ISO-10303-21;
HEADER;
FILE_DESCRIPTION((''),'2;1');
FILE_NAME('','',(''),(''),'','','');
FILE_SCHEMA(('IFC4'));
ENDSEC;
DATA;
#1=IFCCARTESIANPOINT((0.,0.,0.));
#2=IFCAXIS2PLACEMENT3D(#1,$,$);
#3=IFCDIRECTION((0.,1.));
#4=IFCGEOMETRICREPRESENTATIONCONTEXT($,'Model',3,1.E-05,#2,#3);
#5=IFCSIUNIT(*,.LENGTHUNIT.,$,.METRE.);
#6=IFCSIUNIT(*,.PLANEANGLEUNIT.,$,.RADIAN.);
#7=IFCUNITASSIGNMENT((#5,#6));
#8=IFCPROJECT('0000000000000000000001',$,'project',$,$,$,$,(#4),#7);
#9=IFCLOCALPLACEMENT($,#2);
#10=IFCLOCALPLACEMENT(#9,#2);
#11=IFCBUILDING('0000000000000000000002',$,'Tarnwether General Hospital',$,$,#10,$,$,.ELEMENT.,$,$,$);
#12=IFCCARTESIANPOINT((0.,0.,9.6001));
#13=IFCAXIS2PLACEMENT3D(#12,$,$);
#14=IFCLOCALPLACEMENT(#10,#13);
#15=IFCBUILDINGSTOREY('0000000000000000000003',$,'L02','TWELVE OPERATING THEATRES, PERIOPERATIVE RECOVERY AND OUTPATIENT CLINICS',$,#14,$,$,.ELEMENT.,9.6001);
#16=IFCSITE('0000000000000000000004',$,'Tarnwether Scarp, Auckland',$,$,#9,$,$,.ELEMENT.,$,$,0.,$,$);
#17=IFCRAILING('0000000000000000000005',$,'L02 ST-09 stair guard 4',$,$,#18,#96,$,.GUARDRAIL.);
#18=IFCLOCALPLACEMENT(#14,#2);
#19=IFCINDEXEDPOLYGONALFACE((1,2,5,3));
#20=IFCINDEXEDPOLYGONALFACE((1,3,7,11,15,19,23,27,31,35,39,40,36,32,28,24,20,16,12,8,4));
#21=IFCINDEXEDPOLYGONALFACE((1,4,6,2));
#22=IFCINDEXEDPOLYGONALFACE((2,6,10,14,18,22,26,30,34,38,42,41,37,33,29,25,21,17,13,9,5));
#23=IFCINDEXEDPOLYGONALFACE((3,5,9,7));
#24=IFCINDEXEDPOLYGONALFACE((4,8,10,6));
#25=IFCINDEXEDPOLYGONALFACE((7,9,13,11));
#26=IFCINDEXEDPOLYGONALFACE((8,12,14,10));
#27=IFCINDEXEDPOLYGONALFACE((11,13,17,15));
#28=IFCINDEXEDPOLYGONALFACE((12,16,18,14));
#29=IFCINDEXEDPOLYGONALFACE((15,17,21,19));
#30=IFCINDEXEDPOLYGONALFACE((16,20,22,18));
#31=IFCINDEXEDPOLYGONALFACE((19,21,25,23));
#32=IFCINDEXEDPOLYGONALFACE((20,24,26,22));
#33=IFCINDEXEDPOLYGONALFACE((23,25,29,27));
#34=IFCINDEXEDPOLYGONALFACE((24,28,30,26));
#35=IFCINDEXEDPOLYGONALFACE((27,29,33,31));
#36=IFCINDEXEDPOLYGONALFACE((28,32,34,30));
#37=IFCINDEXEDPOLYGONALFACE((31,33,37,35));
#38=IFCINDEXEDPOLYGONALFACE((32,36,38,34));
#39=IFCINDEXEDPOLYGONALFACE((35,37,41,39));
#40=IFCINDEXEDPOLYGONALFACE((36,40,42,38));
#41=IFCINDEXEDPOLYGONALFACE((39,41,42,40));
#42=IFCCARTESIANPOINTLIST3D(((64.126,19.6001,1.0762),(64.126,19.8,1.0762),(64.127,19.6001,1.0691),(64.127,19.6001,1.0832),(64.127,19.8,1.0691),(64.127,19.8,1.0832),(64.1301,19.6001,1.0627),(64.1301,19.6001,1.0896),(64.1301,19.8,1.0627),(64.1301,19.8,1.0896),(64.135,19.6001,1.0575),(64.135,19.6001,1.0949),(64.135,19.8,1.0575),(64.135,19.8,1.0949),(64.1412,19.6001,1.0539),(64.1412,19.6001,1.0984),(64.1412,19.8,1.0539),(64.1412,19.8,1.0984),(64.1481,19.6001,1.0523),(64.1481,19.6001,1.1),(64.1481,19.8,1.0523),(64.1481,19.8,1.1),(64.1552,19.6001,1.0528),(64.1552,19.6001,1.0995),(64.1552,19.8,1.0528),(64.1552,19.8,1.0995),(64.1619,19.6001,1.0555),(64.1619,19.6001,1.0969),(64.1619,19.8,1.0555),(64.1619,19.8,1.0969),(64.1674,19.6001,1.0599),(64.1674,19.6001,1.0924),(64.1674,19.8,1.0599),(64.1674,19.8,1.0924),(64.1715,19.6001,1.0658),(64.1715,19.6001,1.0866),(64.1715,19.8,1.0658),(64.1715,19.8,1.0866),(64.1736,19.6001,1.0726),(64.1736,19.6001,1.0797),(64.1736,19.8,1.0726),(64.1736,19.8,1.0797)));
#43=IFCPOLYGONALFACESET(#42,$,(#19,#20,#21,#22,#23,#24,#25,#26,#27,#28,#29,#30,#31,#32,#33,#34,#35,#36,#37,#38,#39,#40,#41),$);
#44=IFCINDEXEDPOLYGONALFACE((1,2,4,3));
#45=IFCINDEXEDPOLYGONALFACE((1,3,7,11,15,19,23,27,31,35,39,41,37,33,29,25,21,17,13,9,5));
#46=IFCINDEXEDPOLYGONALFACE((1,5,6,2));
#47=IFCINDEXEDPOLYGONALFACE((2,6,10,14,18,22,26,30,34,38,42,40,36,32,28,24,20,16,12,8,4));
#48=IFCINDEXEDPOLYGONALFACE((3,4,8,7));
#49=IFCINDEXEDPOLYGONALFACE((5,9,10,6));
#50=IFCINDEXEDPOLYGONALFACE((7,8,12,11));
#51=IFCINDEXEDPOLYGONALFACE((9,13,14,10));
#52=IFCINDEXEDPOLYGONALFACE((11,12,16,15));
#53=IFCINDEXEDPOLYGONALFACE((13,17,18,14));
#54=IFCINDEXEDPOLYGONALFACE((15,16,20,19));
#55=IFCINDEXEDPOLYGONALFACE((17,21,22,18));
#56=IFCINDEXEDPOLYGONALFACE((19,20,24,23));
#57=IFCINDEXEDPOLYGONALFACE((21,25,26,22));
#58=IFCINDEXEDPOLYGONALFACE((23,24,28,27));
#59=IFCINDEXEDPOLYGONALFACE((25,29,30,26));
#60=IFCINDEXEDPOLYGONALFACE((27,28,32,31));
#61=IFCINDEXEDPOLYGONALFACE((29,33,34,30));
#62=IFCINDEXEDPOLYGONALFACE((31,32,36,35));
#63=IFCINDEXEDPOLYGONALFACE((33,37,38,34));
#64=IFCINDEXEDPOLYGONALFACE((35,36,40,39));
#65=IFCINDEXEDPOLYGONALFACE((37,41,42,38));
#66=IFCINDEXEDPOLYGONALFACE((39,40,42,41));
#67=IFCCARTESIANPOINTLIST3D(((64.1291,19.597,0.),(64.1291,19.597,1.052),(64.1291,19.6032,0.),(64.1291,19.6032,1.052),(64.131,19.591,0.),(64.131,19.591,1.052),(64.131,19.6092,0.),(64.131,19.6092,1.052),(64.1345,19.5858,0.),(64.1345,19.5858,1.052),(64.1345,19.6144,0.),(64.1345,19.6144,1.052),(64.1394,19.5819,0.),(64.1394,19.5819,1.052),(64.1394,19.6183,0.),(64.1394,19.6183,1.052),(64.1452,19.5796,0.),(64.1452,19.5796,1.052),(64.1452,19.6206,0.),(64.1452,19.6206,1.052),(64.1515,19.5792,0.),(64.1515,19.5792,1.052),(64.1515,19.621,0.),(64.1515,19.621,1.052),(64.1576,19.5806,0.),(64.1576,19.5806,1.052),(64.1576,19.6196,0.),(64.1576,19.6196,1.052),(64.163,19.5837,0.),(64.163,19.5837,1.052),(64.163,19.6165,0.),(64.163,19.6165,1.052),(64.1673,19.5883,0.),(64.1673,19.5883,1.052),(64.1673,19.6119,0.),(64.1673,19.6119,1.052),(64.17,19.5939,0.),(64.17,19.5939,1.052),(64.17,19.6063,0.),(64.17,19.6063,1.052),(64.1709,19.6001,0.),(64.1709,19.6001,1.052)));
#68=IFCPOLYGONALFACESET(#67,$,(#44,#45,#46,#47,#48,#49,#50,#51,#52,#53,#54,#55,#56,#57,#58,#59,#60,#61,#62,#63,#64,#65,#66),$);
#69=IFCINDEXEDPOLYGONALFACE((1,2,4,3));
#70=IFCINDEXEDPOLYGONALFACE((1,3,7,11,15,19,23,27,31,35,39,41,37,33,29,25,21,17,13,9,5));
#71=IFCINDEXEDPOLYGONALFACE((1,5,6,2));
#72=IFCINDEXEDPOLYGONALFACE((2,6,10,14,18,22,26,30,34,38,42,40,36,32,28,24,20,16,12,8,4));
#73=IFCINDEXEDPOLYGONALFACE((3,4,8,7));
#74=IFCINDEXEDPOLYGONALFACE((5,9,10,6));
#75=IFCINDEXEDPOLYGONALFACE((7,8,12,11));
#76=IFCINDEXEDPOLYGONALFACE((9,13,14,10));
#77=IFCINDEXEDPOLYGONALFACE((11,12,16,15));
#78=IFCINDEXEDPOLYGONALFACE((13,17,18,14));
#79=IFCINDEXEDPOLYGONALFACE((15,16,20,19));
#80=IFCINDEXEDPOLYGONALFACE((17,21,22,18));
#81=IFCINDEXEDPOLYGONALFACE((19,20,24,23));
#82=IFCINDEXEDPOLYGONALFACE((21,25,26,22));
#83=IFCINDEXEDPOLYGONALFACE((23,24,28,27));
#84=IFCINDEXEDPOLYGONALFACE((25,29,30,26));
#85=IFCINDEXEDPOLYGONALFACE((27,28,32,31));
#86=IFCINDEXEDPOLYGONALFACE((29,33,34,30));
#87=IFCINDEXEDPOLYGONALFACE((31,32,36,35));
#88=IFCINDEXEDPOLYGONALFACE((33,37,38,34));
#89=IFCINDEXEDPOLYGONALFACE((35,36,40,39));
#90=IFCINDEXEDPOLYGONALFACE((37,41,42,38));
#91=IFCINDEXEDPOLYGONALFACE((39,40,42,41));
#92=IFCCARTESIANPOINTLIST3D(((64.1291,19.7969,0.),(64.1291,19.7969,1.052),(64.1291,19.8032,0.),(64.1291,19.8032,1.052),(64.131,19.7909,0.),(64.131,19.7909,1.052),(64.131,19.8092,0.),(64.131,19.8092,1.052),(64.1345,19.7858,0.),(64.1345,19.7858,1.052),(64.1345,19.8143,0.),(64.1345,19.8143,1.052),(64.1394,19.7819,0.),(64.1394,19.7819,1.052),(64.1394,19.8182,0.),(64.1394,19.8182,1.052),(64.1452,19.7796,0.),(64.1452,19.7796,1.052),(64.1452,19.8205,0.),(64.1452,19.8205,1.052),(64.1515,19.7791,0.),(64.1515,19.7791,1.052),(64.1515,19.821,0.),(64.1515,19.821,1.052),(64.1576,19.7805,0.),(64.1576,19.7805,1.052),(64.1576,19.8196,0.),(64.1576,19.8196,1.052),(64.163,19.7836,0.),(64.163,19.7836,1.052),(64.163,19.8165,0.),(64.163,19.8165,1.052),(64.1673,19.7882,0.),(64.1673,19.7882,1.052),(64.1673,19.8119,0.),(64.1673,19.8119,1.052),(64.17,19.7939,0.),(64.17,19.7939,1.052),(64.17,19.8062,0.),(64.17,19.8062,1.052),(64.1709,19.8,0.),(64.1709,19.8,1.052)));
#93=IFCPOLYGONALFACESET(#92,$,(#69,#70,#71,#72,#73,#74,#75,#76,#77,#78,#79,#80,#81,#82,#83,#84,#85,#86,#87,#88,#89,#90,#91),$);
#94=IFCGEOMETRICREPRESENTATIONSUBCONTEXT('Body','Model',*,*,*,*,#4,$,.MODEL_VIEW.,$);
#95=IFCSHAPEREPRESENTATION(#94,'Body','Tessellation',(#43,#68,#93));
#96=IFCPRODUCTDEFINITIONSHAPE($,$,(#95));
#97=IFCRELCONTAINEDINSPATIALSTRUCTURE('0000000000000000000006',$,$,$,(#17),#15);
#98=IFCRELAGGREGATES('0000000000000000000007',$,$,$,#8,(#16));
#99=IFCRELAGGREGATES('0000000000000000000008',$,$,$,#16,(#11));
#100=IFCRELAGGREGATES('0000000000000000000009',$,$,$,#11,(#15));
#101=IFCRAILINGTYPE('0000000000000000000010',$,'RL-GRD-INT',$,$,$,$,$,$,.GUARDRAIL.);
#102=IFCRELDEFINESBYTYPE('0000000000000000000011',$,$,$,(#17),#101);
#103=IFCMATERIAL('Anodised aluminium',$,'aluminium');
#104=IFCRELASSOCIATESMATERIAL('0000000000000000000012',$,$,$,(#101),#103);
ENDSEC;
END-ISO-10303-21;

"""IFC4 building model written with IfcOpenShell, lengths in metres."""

from ifc_helpers import new_model, si_unit, direction, frame, origin, origin_2d, place, context, subcontext, project, spatial, circle, extrude, material, type_object, element, save


model = new_model("IFC4")

# Units and contexts
model_context = context("Model", 3, precision=1e-05, world=origin(), true_north=direction((0.0, 1.0)))
body_context = subcontext(model_context, "Body", "Model", "MODEL_VIEW")
ifc_project = project(units=[si_unit("LENGTHUNIT", "METRE"), si_unit("PLANEANGLEUNIT", "RADIAN")], contexts=[model_context])

# Site, building, storey
site_placement = place(None, origin())
site = spatial("IfcSite", under=ifc_project, at=site_placement, Name="Tarnwether Scarp, Auckland", CompositionType="ELEMENT", RefElevation=0.0)
building_placement = place(site_placement, origin())
building = spatial("IfcBuilding", under=site, at=building_placement, Name="Tarnwether General Hospital", CompositionType="ELEMENT")
storey_placement = place(building_placement, frame((0.0, 0.0, 9.6001)))
storey = spatial("IfcBuildingStorey", under=building, at=storey_placement, Name="L02", Description="TWELVE OPERATING THEATRES, PERIOPERATIVE RECOVERY AND OUTPATIENT CLINICS", CompositionType="ELEMENT", Elevation=9.6001)

# Railing
ifc_material_1 = material(Name="Anodised aluminium", Category="aluminium")
railing_type_1 = type_object("IfcRailingType", Name="RL-GRD-INT", PredefinedType="GUARDRAIL", material=ifc_material_1)
railing_1_placement = place(storey_placement, frame((64.1499, 19.6001, 0.0)))
element("IfcRailing", 1, at=railing_1_placement, inside=storey, type_object=railing_type_1, Name="L02 ST-09 stair guard 4", PredefinedType="GUARDRAIL", context=body_context, shape_type="SweptSolid", body=[
    extrude(circle(Radius=0.0239, at=origin_2d()), frame((0.0, 0.0, 1.0762), z_axis=(0.0, 1.0, 0.0), x_axis=(-1.0, 0.0, 0.0)), (0.0, 0.0, 1.0), 0.2),
    extrude(circle(Radius=0.021, at=origin_2d()), origin(), (0.0, 0.0, 1.0), 1.052),
    extrude(circle(Radius=0.021, at=origin_2d()), frame((0.0, 0.2, 0.0)), (0.0, 0.0, 1.0), 1.052),
])

save(model, "model.ifc")
